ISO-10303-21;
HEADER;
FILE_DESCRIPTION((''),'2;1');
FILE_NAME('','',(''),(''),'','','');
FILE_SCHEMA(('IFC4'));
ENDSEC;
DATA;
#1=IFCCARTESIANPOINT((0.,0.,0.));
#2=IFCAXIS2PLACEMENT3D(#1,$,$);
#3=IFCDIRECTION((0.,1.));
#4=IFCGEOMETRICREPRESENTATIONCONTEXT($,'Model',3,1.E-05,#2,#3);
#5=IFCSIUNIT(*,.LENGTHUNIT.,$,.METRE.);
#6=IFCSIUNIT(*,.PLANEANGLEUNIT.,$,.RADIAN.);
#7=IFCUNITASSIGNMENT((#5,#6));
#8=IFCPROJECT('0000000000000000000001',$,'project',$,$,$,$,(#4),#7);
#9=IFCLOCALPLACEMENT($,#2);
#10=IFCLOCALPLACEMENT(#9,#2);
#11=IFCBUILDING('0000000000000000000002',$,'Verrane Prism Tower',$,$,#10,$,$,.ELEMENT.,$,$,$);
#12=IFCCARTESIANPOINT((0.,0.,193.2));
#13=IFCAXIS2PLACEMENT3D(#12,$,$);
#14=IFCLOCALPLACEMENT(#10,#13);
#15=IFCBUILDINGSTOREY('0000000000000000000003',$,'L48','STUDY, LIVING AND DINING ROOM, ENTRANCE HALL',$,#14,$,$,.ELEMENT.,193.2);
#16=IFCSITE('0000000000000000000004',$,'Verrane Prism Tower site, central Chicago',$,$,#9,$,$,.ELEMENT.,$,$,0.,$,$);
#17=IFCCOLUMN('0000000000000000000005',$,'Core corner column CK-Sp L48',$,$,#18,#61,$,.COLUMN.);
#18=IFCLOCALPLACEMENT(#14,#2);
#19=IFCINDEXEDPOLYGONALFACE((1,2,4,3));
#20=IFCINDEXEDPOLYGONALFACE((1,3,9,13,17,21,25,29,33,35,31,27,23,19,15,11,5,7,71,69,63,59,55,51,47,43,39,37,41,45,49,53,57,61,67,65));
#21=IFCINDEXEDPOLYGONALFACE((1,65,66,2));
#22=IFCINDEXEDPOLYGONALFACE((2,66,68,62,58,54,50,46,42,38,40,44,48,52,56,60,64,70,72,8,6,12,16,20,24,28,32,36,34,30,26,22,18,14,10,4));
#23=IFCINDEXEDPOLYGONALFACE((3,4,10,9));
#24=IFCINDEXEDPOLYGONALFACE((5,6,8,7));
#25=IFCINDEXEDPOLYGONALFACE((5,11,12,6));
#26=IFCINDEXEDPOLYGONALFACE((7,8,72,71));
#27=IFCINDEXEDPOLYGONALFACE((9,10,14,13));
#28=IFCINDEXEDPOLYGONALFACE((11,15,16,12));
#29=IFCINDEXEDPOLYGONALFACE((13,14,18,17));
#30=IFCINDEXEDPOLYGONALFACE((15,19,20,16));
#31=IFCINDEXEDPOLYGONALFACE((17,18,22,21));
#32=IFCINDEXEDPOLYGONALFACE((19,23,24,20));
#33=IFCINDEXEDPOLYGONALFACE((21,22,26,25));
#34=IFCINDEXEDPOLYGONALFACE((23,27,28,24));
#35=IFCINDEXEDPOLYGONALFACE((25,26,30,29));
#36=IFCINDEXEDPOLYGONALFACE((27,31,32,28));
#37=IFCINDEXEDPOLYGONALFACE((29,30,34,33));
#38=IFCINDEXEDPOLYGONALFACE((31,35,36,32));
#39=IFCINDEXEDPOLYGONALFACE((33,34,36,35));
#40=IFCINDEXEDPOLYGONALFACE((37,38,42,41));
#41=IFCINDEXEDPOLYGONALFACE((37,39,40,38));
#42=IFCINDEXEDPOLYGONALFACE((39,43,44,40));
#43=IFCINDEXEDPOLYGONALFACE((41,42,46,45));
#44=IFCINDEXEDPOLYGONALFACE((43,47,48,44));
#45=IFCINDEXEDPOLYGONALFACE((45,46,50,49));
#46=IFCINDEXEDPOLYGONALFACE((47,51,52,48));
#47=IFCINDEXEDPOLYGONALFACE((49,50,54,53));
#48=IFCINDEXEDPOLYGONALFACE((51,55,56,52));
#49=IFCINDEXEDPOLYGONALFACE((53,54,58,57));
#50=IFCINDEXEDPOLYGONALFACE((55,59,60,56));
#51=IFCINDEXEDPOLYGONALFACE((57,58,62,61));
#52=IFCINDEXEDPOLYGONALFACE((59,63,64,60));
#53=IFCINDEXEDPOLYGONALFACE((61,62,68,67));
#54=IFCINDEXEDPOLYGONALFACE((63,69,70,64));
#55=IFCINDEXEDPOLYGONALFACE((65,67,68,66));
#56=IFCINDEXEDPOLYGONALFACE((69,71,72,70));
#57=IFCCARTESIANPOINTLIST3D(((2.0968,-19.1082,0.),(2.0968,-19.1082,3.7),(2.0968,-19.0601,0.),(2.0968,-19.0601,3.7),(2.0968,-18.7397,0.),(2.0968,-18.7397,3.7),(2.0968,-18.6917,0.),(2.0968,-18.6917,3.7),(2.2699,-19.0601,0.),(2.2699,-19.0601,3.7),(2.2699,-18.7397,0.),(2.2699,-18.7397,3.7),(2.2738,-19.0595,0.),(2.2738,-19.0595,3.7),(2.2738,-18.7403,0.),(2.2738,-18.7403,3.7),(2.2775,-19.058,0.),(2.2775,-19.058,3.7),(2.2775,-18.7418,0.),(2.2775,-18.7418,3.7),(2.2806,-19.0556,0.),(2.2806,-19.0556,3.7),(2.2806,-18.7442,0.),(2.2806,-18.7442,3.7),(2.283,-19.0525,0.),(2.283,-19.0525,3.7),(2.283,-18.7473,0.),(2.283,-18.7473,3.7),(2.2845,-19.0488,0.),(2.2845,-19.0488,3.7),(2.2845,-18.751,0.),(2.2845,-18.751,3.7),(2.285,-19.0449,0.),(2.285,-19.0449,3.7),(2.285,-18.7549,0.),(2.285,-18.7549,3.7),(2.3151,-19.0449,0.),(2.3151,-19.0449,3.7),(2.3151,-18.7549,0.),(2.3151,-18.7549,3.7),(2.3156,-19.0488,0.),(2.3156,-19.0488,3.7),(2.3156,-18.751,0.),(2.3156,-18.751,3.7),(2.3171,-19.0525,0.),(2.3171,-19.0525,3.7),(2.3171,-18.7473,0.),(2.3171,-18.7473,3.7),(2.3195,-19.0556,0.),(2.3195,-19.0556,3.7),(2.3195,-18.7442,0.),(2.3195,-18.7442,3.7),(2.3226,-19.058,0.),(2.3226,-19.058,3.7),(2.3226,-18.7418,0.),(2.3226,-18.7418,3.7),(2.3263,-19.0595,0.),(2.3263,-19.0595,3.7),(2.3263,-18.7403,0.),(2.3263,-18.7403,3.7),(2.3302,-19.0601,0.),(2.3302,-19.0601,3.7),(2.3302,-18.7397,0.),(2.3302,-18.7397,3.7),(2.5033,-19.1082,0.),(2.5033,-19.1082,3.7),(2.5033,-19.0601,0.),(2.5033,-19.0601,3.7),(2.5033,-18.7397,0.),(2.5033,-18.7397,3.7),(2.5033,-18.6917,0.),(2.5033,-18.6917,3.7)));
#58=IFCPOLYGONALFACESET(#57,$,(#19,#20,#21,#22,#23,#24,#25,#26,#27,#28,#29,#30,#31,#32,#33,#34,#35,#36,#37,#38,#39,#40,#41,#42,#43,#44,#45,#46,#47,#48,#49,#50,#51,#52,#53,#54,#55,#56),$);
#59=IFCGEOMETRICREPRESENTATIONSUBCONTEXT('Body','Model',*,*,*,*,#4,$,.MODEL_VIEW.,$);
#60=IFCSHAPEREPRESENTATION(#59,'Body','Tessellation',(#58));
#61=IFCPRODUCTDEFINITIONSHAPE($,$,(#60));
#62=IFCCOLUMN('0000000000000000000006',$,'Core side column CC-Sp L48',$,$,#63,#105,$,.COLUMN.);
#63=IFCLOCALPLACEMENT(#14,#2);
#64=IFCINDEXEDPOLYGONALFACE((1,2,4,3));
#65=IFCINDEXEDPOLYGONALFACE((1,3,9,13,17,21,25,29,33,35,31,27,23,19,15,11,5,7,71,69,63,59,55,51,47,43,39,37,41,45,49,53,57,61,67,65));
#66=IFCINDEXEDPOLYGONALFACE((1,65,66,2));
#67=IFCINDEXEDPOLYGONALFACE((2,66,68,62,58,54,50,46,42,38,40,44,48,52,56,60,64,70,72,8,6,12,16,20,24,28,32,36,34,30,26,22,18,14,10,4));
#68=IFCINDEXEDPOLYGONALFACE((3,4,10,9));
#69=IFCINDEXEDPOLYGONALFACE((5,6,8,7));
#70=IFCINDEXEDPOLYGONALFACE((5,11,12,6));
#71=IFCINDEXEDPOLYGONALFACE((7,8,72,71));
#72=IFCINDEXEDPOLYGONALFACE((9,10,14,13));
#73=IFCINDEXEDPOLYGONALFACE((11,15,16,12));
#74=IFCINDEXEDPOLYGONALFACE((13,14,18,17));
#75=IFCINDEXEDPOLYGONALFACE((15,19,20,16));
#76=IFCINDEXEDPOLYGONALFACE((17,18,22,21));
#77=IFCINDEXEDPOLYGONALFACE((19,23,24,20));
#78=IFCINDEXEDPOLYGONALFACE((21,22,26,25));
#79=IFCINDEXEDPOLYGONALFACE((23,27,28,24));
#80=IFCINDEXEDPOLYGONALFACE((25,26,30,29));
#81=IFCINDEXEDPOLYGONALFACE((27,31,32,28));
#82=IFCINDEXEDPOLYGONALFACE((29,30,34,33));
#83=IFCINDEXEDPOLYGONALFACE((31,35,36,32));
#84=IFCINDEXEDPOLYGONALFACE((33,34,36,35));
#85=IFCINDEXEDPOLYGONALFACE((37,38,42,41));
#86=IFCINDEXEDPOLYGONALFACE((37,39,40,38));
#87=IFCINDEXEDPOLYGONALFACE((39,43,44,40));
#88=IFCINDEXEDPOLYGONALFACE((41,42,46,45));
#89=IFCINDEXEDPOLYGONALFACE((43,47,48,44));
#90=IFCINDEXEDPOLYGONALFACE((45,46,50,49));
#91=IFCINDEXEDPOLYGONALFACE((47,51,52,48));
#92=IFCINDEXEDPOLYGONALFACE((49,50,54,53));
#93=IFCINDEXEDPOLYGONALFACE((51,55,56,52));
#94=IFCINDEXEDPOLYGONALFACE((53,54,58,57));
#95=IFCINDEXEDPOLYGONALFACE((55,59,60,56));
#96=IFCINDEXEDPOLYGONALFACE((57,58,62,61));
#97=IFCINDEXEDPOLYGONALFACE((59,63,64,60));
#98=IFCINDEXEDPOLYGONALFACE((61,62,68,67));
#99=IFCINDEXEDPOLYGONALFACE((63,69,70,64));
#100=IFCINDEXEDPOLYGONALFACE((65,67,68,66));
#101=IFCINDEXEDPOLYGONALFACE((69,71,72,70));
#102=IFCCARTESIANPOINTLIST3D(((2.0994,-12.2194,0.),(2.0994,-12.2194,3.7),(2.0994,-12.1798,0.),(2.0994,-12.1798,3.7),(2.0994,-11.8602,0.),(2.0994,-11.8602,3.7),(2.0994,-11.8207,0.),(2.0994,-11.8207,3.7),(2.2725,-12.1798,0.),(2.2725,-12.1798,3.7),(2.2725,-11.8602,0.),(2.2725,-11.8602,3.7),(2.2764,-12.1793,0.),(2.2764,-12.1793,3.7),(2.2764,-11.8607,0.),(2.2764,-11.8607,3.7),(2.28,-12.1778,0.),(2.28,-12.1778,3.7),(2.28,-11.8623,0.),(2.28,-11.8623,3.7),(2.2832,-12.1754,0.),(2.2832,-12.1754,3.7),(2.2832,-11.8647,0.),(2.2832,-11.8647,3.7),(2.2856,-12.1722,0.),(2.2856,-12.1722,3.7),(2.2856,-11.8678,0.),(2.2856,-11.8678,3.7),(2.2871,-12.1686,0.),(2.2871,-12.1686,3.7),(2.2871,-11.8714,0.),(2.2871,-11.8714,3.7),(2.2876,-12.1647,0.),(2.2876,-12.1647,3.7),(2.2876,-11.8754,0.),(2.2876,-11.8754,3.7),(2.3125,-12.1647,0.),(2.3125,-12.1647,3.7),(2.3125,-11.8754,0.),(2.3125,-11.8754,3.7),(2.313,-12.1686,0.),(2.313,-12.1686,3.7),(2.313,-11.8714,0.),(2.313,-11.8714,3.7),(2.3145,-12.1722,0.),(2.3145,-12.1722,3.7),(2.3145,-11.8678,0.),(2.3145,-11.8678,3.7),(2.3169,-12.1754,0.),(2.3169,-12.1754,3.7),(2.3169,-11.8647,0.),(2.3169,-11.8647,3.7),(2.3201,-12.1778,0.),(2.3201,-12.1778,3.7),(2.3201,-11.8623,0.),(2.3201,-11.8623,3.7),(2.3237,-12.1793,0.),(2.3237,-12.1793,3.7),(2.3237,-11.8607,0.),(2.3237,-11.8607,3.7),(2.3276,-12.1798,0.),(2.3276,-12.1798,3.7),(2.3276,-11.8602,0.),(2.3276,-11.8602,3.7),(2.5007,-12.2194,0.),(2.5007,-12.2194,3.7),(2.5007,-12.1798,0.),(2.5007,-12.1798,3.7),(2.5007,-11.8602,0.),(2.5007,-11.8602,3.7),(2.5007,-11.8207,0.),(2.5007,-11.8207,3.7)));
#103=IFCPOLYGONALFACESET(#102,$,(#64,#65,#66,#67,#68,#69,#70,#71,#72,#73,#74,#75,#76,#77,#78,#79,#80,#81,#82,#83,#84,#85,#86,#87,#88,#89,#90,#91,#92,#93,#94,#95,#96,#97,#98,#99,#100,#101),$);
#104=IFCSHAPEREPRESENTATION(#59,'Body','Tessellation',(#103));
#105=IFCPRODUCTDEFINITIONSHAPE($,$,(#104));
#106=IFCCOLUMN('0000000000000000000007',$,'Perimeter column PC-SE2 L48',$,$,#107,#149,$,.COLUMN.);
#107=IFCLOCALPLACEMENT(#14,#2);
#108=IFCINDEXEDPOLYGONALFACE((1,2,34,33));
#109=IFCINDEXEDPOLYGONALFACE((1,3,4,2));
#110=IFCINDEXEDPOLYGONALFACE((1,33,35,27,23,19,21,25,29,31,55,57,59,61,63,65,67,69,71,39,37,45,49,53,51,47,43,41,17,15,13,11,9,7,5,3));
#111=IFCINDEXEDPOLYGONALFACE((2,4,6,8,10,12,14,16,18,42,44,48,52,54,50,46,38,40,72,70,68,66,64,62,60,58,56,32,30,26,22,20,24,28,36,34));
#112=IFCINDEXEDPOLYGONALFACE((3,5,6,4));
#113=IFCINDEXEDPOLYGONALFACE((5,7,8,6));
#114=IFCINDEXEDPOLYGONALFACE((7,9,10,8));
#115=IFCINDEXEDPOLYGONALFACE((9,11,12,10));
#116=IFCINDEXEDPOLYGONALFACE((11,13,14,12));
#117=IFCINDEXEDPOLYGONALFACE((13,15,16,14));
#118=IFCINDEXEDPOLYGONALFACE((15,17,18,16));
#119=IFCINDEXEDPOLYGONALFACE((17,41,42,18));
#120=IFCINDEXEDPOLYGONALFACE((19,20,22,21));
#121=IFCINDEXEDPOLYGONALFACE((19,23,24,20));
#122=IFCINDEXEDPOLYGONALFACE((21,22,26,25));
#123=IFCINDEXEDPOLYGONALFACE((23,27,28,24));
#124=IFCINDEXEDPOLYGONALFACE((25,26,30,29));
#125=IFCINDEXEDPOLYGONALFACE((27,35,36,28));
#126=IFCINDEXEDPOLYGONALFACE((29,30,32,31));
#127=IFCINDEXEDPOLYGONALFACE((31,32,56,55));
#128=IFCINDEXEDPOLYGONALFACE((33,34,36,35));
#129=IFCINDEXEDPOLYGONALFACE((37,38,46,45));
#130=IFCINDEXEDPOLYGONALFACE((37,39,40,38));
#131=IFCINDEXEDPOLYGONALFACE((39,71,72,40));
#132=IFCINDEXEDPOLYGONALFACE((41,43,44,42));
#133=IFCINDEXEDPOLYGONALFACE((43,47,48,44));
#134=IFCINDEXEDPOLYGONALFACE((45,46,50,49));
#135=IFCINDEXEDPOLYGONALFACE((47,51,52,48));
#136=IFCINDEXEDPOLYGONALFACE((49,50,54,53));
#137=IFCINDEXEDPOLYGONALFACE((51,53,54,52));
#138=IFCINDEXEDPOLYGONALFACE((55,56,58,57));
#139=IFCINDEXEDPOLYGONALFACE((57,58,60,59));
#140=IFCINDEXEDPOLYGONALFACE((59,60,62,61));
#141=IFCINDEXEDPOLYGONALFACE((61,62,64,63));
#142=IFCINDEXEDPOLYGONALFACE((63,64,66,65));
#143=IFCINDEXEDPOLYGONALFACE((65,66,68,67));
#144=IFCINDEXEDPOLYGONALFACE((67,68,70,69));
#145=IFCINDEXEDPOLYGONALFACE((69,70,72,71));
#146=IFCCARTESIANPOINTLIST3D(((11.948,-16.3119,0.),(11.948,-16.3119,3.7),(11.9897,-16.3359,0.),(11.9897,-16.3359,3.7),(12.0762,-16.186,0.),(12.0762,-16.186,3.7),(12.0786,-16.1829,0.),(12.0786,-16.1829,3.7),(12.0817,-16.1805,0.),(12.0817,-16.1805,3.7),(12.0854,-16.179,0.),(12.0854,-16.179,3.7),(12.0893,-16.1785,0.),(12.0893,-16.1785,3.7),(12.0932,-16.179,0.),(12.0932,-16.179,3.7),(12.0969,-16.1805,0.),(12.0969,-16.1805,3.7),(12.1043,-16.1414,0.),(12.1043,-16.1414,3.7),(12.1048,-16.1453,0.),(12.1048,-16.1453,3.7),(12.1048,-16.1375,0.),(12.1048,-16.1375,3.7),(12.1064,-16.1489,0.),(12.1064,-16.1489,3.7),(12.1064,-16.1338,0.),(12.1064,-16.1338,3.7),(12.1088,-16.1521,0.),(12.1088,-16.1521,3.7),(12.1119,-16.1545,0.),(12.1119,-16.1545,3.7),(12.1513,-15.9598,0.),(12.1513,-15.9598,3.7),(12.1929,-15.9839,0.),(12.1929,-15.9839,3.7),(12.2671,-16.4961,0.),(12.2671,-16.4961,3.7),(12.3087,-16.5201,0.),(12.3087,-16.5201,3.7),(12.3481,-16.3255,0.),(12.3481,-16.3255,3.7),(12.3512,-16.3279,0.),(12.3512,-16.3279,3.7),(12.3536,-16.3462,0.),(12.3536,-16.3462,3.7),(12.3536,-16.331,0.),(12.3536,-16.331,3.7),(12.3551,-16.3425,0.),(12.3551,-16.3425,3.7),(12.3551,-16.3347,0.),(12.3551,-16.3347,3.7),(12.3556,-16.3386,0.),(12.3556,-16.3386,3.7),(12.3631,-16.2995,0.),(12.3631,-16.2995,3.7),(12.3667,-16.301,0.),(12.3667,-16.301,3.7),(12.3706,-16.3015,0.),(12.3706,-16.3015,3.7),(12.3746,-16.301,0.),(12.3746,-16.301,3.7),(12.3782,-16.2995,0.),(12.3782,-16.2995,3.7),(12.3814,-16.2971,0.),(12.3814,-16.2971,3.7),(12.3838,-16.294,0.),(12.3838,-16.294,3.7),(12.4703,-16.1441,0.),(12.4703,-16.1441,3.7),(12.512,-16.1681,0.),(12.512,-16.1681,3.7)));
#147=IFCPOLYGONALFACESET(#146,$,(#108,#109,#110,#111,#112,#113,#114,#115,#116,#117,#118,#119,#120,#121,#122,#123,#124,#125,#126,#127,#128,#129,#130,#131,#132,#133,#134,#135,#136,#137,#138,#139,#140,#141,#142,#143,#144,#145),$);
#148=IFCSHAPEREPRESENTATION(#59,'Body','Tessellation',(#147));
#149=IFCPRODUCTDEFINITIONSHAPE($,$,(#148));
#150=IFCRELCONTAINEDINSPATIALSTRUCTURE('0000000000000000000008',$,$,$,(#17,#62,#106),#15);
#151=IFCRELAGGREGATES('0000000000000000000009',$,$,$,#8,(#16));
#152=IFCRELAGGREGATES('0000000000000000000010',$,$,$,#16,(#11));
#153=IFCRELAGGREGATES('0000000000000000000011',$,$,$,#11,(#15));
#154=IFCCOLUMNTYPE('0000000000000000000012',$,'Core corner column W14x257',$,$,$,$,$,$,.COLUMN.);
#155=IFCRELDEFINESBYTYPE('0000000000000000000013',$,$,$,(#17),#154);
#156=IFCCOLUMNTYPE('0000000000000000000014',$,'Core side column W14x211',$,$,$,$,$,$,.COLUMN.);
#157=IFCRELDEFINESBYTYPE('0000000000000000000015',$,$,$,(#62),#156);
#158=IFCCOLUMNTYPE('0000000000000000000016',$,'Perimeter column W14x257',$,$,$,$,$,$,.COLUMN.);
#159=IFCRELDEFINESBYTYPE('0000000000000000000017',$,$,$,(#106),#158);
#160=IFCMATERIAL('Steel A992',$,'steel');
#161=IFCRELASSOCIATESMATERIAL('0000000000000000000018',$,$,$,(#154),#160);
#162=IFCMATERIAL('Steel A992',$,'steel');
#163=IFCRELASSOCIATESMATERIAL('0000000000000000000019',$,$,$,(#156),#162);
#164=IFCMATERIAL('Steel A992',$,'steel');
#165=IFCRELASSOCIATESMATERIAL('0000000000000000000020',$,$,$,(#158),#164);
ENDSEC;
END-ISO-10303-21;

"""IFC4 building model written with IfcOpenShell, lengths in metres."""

from ifc_helpers import new_model, si_unit, direction, frame, origin, origin_2d, place, context, subcontext, project, spatial, i_section, extrude, material, material_profile, profile_set, type_object, element, save


model = new_model("IFC4")

# Units and contexts
model_context = context("Model", 3, precision=1e-05, world=origin(), true_north=direction((0.0, 1.0)))
body_context = subcontext(model_context, "Body", "Model", "MODEL_VIEW")
ifc_project = project(units=[si_unit("LENGTHUNIT", "METRE"), si_unit("PLANEANGLEUNIT", "RADIAN")], contexts=[model_context])

# Site, building, storey
site_placement = place(None, origin())
site = spatial("IfcSite", under=ifc_project, at=site_placement, Name="Verrane Prism Tower site, central Chicago", CompositionType="ELEMENT", RefElevation=0.0)
building_placement = place(site_placement, origin())
building = spatial("IfcBuilding", under=site, at=building_placement, Name="Verrane Prism Tower", CompositionType="ELEMENT")
storey_placement = place(building_placement, frame((0.0, 0.0, 193.2)))
storey = spatial("IfcBuildingStorey", under=building, at=storey_placement, Name="L48", Description="STUDY, LIVING AND DINING ROOM, ENTRANCE HALL", CompositionType="ELEMENT", Elevation=193.2)

# Columns
ifc_material_1 = material(Name="Steel A992", Category="steel")
ifc_material_profile_1 = material_profile(ifc_material_1, i_section(OverallWidth=0.4065, OverallDepth=0.4165, WebThickness=0.03, FlangeThickness=0.0481, FilletRadius=0.0151, at=origin_2d()), Name="W14x257")
ifc_profile_set_1 = profile_set([ifc_material_profile_1], Name="Steel A992")
column_type_1 = type_object("IfcColumnType", Name="Core corner column W14x257", PredefinedType="COLUMN", material=ifc_profile_set_1)
column_1_placement = place(storey_placement, frame((2.3, -18.8999, 0.0), z_axis=(0.0, 0.0, 1.0), x_axis=(-1.0, 0.0, 0.0)))
element("IfcColumn", 1, at=column_1_placement, inside=storey, type_object=column_type_1, Name="Core corner column CK-Sp L48", PredefinedType="COLUMN", context=body_context, shape_type="SweptSolid", body=[
    extrude(i_section(OverallWidth=0.4065, OverallDepth=0.4165, WebThickness=0.03, FlangeThickness=0.0481, FilletRadius=0.0151, at=origin_2d()), origin(), (0.0, 0.0, 1.0), 3.7),
])
ifc_material_2 = material(Name="Steel A992", Category="steel")
ifc_material_profile_2 = material_profile(ifc_material_2, i_section(OverallWidth=0.4014, OverallDepth=0.3987, WebThickness=0.0249, FlangeThickness=0.0396, FilletRadius=0.0151, at=origin_2d()), Name="W14x211")
ifc_profile_set_2 = profile_set([ifc_material_profile_2], Name="Steel A992")
column_type_2 = type_object("IfcColumnType", Name="Core side column W14x211", PredefinedType="COLUMN", material=ifc_profile_set_2)
column_2_placement = place(storey_placement, frame((2.3, -12.02, 0.0), z_axis=(0.0, 0.0, 1.0), x_axis=(1.0, 0.0, 0.0)))
element("IfcColumn", 2, at=column_2_placement, inside=storey, type_object=column_type_2, Name="Core side column CC-Sp L48", PredefinedType="COLUMN", context=body_context, shape_type="SweptSolid", body=[
    extrude(i_section(OverallWidth=0.4014, OverallDepth=0.3987, WebThickness=0.0249, FlangeThickness=0.0396, FilletRadius=0.0151, at=origin_2d()), origin(), (0.0, 0.0, 1.0), 3.7),
])
ifc_material_3 = material(Name="Steel A992", Category="steel")
ifc_material_profile_3 = material_profile(ifc_material_3, i_section(OverallWidth=0.4065, OverallDepth=0.4165, WebThickness=0.03, FlangeThickness=0.0481, FilletRadius=0.0151, at=origin_2d()), Name="W14x257")
ifc_profile_set_3 = profile_set([ifc_material_profile_3], Name="Steel A992")
column_type_3 = type_object("IfcColumnType", Name="Perimeter column W14x257", PredefinedType="COLUMN", material=ifc_profile_set_3)
column_3_placement = place(storey_placement, frame((12.23, -16.24, 0.0), z_axis=(0.0, 0.0, 1.0), x_axis=(-0.5, -0.866025, 0.0)))
element("IfcColumn", 3, at=column_3_placement, inside=storey, type_object=column_type_3, Name="Perimeter column PC-SE2 L48", PredefinedType="COLUMN", context=body_context, shape_type="SweptSolid", body=[
    extrude(i_section(OverallWidth=0.4065, OverallDepth=0.4165, WebThickness=0.03, FlangeThickness=0.0481, FilletRadius=0.0151, at=origin_2d()), origin(), (0.0, 0.0, 1.0), 3.7),
])

save(model, "model.ifc")
